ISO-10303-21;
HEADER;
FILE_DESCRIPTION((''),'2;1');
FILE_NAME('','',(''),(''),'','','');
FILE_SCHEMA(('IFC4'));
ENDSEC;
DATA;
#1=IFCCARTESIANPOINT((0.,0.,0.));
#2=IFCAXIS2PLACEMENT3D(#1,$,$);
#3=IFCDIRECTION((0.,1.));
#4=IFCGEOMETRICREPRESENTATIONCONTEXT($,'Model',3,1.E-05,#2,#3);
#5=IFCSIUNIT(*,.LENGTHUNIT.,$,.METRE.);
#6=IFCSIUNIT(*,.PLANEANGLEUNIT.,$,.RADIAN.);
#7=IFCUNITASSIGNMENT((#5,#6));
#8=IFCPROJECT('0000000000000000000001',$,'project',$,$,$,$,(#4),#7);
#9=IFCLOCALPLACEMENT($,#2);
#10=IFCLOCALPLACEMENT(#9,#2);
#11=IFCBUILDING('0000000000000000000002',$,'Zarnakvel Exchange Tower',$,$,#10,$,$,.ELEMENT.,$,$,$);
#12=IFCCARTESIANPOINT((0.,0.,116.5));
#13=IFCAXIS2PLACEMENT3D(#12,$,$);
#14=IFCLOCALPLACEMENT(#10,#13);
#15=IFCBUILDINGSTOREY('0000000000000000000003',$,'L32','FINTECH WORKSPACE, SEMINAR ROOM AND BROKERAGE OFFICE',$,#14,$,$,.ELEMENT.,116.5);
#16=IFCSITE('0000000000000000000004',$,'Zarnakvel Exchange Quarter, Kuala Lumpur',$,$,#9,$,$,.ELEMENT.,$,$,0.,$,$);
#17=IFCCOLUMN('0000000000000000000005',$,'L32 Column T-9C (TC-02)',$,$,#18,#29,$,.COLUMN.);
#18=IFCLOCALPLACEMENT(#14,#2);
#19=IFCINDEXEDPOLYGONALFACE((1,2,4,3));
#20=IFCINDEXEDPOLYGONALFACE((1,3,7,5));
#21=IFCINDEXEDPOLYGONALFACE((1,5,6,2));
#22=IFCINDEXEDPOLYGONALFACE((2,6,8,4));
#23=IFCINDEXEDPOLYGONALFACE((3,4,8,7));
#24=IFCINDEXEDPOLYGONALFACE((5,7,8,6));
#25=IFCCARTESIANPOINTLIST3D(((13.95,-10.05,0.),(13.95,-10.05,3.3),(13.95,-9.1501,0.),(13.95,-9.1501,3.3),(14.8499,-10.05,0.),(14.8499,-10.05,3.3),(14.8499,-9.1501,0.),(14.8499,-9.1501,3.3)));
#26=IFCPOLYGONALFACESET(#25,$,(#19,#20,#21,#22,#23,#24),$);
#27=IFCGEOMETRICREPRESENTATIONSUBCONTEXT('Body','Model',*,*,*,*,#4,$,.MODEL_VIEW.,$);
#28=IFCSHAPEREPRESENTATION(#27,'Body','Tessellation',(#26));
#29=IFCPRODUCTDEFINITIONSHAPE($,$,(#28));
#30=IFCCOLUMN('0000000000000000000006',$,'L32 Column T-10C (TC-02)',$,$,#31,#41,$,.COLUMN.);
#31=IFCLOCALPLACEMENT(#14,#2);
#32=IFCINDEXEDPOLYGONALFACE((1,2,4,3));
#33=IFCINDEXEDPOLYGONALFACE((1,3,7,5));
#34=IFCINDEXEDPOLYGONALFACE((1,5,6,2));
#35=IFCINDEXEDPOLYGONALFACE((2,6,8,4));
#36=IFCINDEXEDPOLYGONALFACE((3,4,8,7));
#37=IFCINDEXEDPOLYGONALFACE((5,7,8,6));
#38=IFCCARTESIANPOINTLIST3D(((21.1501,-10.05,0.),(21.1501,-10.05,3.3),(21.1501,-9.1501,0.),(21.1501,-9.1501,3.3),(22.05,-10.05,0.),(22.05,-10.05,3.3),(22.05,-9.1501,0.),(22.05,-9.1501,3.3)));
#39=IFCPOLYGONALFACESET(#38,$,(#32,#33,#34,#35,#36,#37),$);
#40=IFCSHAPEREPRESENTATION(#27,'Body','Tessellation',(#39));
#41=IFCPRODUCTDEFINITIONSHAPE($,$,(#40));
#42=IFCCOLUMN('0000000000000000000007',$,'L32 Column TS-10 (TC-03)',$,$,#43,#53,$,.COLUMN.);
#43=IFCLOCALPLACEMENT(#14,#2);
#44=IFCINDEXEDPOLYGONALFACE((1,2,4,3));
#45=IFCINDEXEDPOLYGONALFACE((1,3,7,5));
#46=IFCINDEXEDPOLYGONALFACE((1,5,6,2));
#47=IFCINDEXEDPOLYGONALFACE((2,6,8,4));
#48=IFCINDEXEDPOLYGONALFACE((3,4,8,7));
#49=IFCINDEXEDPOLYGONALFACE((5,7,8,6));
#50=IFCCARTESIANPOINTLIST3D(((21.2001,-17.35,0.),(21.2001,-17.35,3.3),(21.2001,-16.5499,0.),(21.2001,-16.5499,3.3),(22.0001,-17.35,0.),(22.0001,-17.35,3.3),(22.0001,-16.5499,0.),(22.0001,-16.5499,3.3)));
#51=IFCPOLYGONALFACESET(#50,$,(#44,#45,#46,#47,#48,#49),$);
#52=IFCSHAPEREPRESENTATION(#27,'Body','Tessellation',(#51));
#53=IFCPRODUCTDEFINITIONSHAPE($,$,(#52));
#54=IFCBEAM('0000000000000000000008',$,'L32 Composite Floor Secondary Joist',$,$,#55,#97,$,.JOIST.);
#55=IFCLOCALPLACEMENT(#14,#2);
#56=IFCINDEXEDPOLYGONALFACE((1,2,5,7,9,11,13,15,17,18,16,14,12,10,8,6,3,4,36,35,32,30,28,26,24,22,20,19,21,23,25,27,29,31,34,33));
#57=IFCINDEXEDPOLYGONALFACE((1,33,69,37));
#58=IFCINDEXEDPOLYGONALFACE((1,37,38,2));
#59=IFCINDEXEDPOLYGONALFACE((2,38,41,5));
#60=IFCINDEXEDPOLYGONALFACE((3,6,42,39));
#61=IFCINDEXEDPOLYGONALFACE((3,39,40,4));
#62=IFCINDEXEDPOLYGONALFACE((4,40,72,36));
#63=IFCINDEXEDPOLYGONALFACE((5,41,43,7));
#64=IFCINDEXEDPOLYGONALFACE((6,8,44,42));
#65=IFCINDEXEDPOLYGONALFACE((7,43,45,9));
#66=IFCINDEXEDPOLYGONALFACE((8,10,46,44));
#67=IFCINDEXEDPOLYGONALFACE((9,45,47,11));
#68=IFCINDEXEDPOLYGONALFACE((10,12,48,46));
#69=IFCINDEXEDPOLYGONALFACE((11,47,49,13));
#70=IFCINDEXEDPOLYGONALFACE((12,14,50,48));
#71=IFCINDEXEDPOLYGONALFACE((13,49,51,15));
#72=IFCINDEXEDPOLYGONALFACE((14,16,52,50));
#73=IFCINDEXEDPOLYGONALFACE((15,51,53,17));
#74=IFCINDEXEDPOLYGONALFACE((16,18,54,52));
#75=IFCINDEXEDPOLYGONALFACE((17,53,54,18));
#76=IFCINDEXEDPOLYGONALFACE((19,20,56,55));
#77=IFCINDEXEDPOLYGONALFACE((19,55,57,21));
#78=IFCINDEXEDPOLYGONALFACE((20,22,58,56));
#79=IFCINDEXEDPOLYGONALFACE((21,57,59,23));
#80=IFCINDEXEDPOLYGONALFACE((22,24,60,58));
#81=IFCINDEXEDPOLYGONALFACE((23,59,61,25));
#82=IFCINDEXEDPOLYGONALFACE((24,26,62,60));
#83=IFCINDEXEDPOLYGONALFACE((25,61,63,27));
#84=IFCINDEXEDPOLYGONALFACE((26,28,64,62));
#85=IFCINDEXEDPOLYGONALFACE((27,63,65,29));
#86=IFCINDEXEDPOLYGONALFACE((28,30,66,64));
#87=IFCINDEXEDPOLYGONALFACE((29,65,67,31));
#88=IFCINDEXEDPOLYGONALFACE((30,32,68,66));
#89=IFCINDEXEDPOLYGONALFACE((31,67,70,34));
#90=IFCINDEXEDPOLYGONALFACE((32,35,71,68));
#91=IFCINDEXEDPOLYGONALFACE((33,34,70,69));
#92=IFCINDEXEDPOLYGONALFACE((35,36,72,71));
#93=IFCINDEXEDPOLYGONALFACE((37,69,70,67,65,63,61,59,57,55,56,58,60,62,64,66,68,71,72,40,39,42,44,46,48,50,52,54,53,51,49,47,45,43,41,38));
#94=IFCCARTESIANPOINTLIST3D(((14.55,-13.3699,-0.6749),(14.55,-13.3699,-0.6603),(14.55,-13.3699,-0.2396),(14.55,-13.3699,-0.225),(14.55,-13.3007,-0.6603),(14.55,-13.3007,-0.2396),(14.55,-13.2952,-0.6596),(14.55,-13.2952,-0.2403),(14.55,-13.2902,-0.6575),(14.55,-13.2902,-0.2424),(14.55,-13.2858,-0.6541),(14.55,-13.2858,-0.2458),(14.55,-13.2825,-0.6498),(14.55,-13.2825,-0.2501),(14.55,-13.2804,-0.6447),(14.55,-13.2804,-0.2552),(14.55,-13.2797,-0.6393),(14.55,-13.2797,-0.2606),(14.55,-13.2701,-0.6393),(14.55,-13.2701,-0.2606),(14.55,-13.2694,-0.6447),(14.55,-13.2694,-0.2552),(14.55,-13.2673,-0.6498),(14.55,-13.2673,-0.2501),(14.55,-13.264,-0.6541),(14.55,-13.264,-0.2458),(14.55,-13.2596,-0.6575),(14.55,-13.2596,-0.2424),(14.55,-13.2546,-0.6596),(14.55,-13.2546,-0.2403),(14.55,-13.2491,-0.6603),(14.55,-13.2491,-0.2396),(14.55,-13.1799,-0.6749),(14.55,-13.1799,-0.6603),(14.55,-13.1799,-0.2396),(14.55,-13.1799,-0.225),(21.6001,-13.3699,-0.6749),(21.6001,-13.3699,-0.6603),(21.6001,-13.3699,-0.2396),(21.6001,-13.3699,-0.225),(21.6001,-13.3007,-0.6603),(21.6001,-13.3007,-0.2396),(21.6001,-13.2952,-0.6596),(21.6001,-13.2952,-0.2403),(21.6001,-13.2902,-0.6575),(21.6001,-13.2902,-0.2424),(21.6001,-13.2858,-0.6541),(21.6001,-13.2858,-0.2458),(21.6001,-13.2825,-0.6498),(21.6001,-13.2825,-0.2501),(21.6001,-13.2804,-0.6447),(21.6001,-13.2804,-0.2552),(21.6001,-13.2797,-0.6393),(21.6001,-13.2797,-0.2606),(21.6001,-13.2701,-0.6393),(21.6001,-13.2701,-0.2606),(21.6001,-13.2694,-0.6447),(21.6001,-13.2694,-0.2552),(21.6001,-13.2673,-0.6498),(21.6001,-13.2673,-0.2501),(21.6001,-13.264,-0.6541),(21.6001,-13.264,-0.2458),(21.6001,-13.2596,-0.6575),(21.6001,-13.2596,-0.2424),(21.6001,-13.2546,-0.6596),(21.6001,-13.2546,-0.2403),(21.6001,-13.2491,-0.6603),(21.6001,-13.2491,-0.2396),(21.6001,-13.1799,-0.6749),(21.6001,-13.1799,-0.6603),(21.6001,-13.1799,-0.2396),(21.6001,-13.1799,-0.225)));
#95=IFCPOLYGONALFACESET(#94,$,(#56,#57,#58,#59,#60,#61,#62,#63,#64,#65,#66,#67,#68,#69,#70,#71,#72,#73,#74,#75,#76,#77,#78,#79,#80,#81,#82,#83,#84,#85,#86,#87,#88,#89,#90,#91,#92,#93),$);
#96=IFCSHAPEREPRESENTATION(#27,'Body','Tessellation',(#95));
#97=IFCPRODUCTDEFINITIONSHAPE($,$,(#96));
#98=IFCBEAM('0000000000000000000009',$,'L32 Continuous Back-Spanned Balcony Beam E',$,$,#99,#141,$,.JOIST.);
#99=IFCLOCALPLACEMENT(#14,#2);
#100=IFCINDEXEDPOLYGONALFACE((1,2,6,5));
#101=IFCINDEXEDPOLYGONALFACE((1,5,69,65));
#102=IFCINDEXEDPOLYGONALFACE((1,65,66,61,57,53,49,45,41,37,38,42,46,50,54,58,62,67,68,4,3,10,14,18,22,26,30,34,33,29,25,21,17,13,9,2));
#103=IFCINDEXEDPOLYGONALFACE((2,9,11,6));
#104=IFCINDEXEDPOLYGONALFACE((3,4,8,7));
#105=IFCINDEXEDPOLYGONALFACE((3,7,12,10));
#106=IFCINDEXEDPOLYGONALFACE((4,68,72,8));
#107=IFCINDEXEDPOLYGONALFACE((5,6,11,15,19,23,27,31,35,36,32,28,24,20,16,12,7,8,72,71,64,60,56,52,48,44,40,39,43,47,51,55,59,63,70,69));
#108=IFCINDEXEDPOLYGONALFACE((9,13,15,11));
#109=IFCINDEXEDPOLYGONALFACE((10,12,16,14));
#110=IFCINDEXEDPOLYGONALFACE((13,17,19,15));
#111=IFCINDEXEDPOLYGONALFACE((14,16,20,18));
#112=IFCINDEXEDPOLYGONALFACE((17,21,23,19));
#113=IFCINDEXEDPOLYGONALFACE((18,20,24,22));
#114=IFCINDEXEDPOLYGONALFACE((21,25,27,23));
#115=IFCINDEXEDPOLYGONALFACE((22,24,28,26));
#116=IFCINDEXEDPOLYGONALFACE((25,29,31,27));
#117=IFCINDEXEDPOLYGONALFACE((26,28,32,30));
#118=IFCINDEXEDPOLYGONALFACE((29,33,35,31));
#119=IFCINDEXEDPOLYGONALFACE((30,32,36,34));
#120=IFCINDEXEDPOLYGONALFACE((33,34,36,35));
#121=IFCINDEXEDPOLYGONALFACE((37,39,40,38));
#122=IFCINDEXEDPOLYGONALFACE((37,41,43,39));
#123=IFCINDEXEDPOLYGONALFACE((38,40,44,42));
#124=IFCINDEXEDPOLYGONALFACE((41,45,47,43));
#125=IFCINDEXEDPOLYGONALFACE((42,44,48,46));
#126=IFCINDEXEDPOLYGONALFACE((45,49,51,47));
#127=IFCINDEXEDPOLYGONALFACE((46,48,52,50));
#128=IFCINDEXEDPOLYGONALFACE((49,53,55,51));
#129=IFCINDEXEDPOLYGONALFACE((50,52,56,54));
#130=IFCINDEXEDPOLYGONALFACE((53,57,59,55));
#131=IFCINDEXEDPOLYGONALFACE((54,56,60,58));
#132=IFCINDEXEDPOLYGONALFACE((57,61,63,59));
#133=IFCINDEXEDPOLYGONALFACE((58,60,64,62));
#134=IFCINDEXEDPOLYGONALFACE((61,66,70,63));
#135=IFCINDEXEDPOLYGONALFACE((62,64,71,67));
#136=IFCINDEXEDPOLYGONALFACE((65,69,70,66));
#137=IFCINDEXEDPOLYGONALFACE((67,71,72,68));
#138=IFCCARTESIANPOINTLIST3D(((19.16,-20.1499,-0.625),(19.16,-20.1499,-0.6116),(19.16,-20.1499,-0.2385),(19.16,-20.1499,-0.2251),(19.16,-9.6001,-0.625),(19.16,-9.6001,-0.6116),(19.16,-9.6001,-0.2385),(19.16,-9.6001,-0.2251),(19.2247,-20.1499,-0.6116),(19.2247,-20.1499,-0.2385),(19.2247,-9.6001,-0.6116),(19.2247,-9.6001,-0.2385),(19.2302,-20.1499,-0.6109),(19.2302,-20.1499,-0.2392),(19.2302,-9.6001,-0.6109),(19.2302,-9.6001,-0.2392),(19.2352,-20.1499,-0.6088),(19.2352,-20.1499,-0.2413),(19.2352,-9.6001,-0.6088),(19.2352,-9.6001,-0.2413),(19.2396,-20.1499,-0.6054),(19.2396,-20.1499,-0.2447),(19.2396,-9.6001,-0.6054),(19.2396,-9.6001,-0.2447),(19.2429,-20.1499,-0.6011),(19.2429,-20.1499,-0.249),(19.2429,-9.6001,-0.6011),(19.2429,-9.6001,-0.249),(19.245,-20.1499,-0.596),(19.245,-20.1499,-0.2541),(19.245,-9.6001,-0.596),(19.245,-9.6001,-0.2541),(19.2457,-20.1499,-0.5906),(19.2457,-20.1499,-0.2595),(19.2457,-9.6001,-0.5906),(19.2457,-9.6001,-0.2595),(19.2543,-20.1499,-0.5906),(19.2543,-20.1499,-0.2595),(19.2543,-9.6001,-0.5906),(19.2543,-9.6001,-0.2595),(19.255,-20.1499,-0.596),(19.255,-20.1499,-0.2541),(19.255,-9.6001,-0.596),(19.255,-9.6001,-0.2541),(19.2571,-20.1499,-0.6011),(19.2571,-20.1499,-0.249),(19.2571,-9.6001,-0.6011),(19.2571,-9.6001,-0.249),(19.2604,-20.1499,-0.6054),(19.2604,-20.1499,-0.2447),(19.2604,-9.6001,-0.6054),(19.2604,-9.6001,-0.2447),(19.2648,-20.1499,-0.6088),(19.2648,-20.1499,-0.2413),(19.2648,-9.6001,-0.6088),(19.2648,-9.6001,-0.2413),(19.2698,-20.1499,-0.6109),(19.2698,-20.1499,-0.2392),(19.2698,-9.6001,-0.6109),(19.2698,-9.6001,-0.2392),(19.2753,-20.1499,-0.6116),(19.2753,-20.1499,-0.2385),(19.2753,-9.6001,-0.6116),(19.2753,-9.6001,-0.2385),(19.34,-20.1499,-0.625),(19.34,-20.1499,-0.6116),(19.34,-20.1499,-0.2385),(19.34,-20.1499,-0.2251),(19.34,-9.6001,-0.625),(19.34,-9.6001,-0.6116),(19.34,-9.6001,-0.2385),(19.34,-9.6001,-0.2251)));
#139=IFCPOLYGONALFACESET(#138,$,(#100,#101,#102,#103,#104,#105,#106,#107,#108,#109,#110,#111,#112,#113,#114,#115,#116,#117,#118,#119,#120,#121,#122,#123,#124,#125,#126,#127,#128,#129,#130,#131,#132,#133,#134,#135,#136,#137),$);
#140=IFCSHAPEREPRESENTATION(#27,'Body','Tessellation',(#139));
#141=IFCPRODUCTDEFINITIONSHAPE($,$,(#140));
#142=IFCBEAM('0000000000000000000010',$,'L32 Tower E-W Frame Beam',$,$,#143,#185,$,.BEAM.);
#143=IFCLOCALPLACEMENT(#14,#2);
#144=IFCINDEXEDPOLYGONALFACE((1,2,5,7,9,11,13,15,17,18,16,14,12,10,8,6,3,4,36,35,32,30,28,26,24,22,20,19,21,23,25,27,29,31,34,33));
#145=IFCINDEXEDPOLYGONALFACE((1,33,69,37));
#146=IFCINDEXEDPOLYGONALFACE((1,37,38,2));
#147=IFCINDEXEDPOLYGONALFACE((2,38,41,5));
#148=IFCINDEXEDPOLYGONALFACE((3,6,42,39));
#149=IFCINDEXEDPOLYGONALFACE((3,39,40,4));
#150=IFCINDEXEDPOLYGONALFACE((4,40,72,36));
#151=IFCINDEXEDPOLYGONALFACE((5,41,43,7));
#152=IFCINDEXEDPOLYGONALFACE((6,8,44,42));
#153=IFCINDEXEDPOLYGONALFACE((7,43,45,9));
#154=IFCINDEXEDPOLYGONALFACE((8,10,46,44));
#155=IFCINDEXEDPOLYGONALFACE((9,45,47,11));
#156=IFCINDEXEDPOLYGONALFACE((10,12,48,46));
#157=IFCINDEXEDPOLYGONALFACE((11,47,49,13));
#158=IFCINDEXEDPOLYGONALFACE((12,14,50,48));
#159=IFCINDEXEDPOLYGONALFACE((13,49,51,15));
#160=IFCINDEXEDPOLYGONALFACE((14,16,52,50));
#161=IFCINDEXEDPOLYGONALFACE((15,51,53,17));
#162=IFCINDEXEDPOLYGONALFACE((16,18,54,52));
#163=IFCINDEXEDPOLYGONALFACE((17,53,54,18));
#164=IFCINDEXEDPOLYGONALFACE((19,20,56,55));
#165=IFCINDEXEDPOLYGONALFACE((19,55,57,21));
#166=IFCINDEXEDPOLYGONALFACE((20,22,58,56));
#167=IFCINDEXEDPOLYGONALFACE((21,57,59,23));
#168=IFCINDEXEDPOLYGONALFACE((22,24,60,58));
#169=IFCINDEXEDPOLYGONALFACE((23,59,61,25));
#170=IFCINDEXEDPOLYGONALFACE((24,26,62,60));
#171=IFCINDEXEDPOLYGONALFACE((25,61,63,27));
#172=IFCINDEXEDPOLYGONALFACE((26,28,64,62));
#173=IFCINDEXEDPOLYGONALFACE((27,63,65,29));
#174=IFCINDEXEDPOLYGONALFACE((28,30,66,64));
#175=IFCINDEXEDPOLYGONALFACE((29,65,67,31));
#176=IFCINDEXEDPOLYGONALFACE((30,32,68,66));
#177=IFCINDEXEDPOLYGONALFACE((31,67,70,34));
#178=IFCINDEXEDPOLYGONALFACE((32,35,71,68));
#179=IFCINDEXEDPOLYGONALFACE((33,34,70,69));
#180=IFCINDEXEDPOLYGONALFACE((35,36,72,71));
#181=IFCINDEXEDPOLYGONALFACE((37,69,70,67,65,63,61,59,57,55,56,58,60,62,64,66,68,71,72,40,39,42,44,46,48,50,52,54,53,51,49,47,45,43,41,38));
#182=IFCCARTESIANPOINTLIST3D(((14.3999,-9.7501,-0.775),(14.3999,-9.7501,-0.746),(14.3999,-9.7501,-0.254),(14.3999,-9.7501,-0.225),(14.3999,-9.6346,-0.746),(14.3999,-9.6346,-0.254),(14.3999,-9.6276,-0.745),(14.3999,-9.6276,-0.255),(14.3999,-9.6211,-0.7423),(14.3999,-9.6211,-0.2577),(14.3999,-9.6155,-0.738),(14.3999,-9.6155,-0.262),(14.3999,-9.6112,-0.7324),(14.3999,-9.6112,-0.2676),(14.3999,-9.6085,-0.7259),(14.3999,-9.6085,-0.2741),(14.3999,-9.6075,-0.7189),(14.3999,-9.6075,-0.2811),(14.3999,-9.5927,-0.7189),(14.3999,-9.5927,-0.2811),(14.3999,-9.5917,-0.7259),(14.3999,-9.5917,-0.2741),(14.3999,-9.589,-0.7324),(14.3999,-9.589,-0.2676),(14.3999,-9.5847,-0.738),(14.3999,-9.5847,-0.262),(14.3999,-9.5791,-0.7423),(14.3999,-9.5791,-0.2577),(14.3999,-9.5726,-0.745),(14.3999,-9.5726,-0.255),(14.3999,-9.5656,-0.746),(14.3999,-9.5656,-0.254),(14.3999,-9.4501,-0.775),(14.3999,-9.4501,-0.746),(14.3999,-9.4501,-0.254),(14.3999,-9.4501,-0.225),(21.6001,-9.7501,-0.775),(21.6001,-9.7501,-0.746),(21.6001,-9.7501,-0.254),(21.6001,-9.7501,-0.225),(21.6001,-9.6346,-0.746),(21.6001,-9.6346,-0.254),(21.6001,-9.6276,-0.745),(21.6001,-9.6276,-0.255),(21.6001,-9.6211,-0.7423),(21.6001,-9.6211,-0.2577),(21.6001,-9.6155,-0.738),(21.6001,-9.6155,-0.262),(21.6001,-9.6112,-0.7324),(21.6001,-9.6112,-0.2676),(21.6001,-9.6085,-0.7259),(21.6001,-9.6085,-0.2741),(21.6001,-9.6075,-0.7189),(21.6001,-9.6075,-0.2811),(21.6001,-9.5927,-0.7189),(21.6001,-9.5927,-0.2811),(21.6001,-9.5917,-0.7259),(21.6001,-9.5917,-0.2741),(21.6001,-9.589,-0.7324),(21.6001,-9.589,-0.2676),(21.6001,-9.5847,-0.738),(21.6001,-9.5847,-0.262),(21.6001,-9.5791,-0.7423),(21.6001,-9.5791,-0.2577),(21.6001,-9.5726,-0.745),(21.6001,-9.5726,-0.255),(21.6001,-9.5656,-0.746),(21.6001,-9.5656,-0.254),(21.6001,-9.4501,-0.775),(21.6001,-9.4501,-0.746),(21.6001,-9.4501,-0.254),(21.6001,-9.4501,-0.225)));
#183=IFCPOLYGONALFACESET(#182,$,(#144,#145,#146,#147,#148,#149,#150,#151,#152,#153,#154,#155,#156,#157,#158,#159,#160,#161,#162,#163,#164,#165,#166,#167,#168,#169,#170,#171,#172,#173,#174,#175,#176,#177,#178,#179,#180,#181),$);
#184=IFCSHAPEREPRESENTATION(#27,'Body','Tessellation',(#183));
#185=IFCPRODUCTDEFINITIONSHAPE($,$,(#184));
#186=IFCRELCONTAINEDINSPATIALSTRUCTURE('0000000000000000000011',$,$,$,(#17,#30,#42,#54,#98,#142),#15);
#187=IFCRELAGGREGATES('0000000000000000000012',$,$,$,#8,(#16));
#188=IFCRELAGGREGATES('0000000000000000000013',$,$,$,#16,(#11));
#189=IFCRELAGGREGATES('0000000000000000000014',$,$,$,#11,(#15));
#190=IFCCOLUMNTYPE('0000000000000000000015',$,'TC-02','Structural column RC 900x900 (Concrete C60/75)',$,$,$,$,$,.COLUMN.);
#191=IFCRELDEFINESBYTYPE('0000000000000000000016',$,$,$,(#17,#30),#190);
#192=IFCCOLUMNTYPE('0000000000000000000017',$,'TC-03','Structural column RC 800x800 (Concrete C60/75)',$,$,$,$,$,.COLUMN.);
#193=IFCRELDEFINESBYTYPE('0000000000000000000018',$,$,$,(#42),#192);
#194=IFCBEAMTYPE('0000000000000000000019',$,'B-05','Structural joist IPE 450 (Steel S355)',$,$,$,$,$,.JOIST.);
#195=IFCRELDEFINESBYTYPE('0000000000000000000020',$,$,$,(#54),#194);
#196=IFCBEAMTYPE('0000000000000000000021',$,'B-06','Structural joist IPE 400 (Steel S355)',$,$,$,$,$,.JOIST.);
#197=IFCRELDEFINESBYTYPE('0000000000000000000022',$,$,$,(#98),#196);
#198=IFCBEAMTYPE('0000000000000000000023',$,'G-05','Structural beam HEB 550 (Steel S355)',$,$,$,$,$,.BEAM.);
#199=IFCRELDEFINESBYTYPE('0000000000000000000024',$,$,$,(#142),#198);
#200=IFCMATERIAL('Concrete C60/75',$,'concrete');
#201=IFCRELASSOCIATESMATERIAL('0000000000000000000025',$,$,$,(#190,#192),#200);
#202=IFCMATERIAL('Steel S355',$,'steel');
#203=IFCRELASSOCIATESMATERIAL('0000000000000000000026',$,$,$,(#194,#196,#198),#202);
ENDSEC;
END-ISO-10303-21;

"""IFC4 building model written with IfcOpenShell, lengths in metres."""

from ifc_helpers import new_model, si_unit, direction, frame, origin, origin_2d, place, context, subcontext, project, spatial, rectangle, i_section, extrude, material, material_profile, profile_set, type_object, element, save


model = new_model("IFC4")

# Units and contexts
model_context = context("Model", 3, precision=1e-05, world=origin(), true_north=direction((0.0, 1.0)))
body_context = subcontext(model_context, "Body", "Model", "MODEL_VIEW")
ifc_project = project(units=[si_unit("LENGTHUNIT", "METRE"), si_unit("PLANEANGLEUNIT", "RADIAN")], contexts=[model_context])

# Site, building, storey
site_placement = place(None, origin())
site = spatial("IfcSite", under=ifc_project, at=site_placement, Name="Zarnakvel Exchange Quarter, Kuala Lumpur", CompositionType="ELEMENT", RefElevation=0.0)
building_placement = place(site_placement, origin())
building = spatial("IfcBuilding", under=site, at=building_placement, Name="Zarnakvel Exchange Tower", CompositionType="ELEMENT")
storey_placement = place(building_placement, frame((0.0, 0.0, 116.5)))
storey = spatial("IfcBuildingStorey", under=building, at=storey_placement, Name="L32", Description="FINTECH WORKSPACE, SEMINAR ROOM AND BROKERAGE OFFICE", CompositionType="ELEMENT", Elevation=116.5)

# Columns
ifc_material_1 = material(Name="Concrete C60/75", Category="concrete")
ifc_material_profile_1 = material_profile(ifc_material_1, rectangle(XDim=0.8999, YDim=0.8999, at=origin_2d()))
ifc_profile_set_1 = profile_set([ifc_material_profile_1], Name="Concrete C60/75")
column_type_1 = type_object("IfcColumnType", Name="TC-02", Description="Structural column RC 900x900 (Concrete C60/75)", PredefinedType="COLUMN", material=ifc_profile_set_1)
for number, where, z_axis, x_axis, name in (
    (1, (14.3999, -9.6001, 0.0), (0.0, 0.0, 1.0), (1.0, 0.0, 0.0), "L32 Column T-9C (TC-02)"),
    (2, (21.6001, -9.6001, 0.0), (0.0, 0.0, 1.0), (1.0, 0.0, 0.0), "L32 Column T-10C (TC-02)"),
):
    element("IfcColumn", number, at=place(storey_placement, frame(where, z_axis=z_axis, x_axis=x_axis)), inside=storey, type_object=column_type_1, Name=name, PredefinedType="COLUMN", context=body_context, shape_type="SweptSolid", body=[
        extrude(rectangle(XDim=0.8999, YDim=0.8999, at=origin_2d()), origin(), (0.0, 0.0, 1.0), 3.3),
    ])
ifc_material_profile_2 = material_profile(ifc_material_1, rectangle(XDim=0.8, YDim=0.8, at=origin_2d()))
ifc_profile_set_2 = profile_set([ifc_material_profile_2], Name="Concrete C60/75")
column_type_2 = type_object("IfcColumnType", Name="TC-03", Description="Structural column RC 800x800 (Concrete C60/75)", PredefinedType="COLUMN", material=ifc_profile_set_2)
column_placement = place(storey_placement, frame((21.6001, -16.95, 0.0), z_axis=(0.0, 0.0, 1.0), x_axis=(1.0, 0.0, 0.0)))
element("IfcColumn", 3, at=column_placement, inside=storey, type_object=column_type_2, Name="L32 Column TS-10 (TC-03)", PredefinedType="COLUMN", context=body_context, shape_type="SweptSolid", body=[
    extrude(rectangle(XDim=0.8, YDim=0.8, at=origin_2d()), origin(), (0.0, 0.0, 1.0), 3.3),
])

# Beams
ifc_material_2 = material(Name="Steel S355", Category="steel")
ifc_material_profile_3 = material_profile(ifc_material_2, i_section(OverallWidth=0.1899, OverallDepth=0.45, WebThickness=0.0095, FlangeThickness=0.0146, FilletRadius=0.021, at=origin_2d()))
ifc_profile_set_3 = profile_set([ifc_material_profile_3], Name="Steel S355")
beam_type_1 = type_object("IfcBeamType", Name="B-05", Description="Structural joist IPE 450 (Steel S355)", PredefinedType="JOIST", material=ifc_profile_set_3)
beam_1_placement = place(storey_placement, frame((14.55, -13.2749, -0.45), z_axis=(1.0, 0.0, 0.0), x_axis=(0.0, 1.0, 0.0)))
element("IfcBeam", 4, at=beam_1_placement, inside=storey, type_object=beam_type_1, Name="L32 Composite Floor Secondary Joist", PredefinedType="JOIST", context=body_context, shape_type="SweptSolid", body=[
    extrude(i_section(OverallWidth=0.1899, OverallDepth=0.45, WebThickness=0.0095, FlangeThickness=0.0146, FilletRadius=0.021, at=origin_2d()), origin(), (0.0, 0.0, 1.0), 7.05),
])
ifc_material_profile_4 = material_profile(ifc_material_2, i_section(OverallWidth=0.1799, OverallDepth=0.3999, WebThickness=0.0085, FlangeThickness=0.0134, FilletRadius=0.021, at=origin_2d()))
ifc_profile_set_4 = profile_set([ifc_material_profile_4], Name="Steel S355")
beam_type_2 = type_object("IfcBeamType", Name="B-06", Description="Structural joist IPE 400 (Steel S355)", PredefinedType="JOIST", material=ifc_profile_set_4)
beam_2_placement = place(storey_placement, frame((19.25, -9.6001, -0.425), z_axis=(0.0, -1.0, 0.0), x_axis=(1.0, 0.0, 0.0)))
element("IfcBeam", 5, at=beam_2_placement, inside=storey, type_object=beam_type_2, Name="L32 Continuous Back-Spanned Balcony Beam E", PredefinedType="JOIST", context=body_context, shape_type="SweptSolid", body=[
    extrude(i_section(OverallWidth=0.1799, OverallDepth=0.3999, WebThickness=0.0085, FlangeThickness=0.0134, FilletRadius=0.021, at=origin_2d()), origin(), (0.0, 0.0, 1.0), 10.5498),
])
ifc_material_profile_5 = material_profile(ifc_material_2, i_section(OverallWidth=0.3, OverallDepth=0.55, WebThickness=0.0149, FlangeThickness=0.0291, FilletRadius=0.0271, at=origin_2d()))
ifc_profile_set_5 = profile_set([ifc_material_profile_5], Name="Steel S355")
beam_type_3 = type_object("IfcBeamType", Name="G-05", Description="Structural beam HEB 550 (Steel S355)", PredefinedType="BEAM", material=ifc_profile_set_5)
beam_3_placement = place(storey_placement, frame((14.3999, -9.6001, -0.5), z_axis=(1.0, 0.0, 0.0), x_axis=(0.0, 1.0, 0.0)))
element("IfcBeam", 6, at=beam_3_placement, inside=storey, type_object=beam_type_3, Name="L32 Tower E-W Frame Beam", PredefinedType="BEAM", context=body_context, shape_type="SweptSolid", body=[
    extrude(i_section(OverallWidth=0.3, OverallDepth=0.55, WebThickness=0.0149, FlangeThickness=0.0291, FilletRadius=0.0271, at=origin_2d()), origin(), (0.0, 0.0, 1.0), 7.2002),
])

save(model, "model.ifc")
